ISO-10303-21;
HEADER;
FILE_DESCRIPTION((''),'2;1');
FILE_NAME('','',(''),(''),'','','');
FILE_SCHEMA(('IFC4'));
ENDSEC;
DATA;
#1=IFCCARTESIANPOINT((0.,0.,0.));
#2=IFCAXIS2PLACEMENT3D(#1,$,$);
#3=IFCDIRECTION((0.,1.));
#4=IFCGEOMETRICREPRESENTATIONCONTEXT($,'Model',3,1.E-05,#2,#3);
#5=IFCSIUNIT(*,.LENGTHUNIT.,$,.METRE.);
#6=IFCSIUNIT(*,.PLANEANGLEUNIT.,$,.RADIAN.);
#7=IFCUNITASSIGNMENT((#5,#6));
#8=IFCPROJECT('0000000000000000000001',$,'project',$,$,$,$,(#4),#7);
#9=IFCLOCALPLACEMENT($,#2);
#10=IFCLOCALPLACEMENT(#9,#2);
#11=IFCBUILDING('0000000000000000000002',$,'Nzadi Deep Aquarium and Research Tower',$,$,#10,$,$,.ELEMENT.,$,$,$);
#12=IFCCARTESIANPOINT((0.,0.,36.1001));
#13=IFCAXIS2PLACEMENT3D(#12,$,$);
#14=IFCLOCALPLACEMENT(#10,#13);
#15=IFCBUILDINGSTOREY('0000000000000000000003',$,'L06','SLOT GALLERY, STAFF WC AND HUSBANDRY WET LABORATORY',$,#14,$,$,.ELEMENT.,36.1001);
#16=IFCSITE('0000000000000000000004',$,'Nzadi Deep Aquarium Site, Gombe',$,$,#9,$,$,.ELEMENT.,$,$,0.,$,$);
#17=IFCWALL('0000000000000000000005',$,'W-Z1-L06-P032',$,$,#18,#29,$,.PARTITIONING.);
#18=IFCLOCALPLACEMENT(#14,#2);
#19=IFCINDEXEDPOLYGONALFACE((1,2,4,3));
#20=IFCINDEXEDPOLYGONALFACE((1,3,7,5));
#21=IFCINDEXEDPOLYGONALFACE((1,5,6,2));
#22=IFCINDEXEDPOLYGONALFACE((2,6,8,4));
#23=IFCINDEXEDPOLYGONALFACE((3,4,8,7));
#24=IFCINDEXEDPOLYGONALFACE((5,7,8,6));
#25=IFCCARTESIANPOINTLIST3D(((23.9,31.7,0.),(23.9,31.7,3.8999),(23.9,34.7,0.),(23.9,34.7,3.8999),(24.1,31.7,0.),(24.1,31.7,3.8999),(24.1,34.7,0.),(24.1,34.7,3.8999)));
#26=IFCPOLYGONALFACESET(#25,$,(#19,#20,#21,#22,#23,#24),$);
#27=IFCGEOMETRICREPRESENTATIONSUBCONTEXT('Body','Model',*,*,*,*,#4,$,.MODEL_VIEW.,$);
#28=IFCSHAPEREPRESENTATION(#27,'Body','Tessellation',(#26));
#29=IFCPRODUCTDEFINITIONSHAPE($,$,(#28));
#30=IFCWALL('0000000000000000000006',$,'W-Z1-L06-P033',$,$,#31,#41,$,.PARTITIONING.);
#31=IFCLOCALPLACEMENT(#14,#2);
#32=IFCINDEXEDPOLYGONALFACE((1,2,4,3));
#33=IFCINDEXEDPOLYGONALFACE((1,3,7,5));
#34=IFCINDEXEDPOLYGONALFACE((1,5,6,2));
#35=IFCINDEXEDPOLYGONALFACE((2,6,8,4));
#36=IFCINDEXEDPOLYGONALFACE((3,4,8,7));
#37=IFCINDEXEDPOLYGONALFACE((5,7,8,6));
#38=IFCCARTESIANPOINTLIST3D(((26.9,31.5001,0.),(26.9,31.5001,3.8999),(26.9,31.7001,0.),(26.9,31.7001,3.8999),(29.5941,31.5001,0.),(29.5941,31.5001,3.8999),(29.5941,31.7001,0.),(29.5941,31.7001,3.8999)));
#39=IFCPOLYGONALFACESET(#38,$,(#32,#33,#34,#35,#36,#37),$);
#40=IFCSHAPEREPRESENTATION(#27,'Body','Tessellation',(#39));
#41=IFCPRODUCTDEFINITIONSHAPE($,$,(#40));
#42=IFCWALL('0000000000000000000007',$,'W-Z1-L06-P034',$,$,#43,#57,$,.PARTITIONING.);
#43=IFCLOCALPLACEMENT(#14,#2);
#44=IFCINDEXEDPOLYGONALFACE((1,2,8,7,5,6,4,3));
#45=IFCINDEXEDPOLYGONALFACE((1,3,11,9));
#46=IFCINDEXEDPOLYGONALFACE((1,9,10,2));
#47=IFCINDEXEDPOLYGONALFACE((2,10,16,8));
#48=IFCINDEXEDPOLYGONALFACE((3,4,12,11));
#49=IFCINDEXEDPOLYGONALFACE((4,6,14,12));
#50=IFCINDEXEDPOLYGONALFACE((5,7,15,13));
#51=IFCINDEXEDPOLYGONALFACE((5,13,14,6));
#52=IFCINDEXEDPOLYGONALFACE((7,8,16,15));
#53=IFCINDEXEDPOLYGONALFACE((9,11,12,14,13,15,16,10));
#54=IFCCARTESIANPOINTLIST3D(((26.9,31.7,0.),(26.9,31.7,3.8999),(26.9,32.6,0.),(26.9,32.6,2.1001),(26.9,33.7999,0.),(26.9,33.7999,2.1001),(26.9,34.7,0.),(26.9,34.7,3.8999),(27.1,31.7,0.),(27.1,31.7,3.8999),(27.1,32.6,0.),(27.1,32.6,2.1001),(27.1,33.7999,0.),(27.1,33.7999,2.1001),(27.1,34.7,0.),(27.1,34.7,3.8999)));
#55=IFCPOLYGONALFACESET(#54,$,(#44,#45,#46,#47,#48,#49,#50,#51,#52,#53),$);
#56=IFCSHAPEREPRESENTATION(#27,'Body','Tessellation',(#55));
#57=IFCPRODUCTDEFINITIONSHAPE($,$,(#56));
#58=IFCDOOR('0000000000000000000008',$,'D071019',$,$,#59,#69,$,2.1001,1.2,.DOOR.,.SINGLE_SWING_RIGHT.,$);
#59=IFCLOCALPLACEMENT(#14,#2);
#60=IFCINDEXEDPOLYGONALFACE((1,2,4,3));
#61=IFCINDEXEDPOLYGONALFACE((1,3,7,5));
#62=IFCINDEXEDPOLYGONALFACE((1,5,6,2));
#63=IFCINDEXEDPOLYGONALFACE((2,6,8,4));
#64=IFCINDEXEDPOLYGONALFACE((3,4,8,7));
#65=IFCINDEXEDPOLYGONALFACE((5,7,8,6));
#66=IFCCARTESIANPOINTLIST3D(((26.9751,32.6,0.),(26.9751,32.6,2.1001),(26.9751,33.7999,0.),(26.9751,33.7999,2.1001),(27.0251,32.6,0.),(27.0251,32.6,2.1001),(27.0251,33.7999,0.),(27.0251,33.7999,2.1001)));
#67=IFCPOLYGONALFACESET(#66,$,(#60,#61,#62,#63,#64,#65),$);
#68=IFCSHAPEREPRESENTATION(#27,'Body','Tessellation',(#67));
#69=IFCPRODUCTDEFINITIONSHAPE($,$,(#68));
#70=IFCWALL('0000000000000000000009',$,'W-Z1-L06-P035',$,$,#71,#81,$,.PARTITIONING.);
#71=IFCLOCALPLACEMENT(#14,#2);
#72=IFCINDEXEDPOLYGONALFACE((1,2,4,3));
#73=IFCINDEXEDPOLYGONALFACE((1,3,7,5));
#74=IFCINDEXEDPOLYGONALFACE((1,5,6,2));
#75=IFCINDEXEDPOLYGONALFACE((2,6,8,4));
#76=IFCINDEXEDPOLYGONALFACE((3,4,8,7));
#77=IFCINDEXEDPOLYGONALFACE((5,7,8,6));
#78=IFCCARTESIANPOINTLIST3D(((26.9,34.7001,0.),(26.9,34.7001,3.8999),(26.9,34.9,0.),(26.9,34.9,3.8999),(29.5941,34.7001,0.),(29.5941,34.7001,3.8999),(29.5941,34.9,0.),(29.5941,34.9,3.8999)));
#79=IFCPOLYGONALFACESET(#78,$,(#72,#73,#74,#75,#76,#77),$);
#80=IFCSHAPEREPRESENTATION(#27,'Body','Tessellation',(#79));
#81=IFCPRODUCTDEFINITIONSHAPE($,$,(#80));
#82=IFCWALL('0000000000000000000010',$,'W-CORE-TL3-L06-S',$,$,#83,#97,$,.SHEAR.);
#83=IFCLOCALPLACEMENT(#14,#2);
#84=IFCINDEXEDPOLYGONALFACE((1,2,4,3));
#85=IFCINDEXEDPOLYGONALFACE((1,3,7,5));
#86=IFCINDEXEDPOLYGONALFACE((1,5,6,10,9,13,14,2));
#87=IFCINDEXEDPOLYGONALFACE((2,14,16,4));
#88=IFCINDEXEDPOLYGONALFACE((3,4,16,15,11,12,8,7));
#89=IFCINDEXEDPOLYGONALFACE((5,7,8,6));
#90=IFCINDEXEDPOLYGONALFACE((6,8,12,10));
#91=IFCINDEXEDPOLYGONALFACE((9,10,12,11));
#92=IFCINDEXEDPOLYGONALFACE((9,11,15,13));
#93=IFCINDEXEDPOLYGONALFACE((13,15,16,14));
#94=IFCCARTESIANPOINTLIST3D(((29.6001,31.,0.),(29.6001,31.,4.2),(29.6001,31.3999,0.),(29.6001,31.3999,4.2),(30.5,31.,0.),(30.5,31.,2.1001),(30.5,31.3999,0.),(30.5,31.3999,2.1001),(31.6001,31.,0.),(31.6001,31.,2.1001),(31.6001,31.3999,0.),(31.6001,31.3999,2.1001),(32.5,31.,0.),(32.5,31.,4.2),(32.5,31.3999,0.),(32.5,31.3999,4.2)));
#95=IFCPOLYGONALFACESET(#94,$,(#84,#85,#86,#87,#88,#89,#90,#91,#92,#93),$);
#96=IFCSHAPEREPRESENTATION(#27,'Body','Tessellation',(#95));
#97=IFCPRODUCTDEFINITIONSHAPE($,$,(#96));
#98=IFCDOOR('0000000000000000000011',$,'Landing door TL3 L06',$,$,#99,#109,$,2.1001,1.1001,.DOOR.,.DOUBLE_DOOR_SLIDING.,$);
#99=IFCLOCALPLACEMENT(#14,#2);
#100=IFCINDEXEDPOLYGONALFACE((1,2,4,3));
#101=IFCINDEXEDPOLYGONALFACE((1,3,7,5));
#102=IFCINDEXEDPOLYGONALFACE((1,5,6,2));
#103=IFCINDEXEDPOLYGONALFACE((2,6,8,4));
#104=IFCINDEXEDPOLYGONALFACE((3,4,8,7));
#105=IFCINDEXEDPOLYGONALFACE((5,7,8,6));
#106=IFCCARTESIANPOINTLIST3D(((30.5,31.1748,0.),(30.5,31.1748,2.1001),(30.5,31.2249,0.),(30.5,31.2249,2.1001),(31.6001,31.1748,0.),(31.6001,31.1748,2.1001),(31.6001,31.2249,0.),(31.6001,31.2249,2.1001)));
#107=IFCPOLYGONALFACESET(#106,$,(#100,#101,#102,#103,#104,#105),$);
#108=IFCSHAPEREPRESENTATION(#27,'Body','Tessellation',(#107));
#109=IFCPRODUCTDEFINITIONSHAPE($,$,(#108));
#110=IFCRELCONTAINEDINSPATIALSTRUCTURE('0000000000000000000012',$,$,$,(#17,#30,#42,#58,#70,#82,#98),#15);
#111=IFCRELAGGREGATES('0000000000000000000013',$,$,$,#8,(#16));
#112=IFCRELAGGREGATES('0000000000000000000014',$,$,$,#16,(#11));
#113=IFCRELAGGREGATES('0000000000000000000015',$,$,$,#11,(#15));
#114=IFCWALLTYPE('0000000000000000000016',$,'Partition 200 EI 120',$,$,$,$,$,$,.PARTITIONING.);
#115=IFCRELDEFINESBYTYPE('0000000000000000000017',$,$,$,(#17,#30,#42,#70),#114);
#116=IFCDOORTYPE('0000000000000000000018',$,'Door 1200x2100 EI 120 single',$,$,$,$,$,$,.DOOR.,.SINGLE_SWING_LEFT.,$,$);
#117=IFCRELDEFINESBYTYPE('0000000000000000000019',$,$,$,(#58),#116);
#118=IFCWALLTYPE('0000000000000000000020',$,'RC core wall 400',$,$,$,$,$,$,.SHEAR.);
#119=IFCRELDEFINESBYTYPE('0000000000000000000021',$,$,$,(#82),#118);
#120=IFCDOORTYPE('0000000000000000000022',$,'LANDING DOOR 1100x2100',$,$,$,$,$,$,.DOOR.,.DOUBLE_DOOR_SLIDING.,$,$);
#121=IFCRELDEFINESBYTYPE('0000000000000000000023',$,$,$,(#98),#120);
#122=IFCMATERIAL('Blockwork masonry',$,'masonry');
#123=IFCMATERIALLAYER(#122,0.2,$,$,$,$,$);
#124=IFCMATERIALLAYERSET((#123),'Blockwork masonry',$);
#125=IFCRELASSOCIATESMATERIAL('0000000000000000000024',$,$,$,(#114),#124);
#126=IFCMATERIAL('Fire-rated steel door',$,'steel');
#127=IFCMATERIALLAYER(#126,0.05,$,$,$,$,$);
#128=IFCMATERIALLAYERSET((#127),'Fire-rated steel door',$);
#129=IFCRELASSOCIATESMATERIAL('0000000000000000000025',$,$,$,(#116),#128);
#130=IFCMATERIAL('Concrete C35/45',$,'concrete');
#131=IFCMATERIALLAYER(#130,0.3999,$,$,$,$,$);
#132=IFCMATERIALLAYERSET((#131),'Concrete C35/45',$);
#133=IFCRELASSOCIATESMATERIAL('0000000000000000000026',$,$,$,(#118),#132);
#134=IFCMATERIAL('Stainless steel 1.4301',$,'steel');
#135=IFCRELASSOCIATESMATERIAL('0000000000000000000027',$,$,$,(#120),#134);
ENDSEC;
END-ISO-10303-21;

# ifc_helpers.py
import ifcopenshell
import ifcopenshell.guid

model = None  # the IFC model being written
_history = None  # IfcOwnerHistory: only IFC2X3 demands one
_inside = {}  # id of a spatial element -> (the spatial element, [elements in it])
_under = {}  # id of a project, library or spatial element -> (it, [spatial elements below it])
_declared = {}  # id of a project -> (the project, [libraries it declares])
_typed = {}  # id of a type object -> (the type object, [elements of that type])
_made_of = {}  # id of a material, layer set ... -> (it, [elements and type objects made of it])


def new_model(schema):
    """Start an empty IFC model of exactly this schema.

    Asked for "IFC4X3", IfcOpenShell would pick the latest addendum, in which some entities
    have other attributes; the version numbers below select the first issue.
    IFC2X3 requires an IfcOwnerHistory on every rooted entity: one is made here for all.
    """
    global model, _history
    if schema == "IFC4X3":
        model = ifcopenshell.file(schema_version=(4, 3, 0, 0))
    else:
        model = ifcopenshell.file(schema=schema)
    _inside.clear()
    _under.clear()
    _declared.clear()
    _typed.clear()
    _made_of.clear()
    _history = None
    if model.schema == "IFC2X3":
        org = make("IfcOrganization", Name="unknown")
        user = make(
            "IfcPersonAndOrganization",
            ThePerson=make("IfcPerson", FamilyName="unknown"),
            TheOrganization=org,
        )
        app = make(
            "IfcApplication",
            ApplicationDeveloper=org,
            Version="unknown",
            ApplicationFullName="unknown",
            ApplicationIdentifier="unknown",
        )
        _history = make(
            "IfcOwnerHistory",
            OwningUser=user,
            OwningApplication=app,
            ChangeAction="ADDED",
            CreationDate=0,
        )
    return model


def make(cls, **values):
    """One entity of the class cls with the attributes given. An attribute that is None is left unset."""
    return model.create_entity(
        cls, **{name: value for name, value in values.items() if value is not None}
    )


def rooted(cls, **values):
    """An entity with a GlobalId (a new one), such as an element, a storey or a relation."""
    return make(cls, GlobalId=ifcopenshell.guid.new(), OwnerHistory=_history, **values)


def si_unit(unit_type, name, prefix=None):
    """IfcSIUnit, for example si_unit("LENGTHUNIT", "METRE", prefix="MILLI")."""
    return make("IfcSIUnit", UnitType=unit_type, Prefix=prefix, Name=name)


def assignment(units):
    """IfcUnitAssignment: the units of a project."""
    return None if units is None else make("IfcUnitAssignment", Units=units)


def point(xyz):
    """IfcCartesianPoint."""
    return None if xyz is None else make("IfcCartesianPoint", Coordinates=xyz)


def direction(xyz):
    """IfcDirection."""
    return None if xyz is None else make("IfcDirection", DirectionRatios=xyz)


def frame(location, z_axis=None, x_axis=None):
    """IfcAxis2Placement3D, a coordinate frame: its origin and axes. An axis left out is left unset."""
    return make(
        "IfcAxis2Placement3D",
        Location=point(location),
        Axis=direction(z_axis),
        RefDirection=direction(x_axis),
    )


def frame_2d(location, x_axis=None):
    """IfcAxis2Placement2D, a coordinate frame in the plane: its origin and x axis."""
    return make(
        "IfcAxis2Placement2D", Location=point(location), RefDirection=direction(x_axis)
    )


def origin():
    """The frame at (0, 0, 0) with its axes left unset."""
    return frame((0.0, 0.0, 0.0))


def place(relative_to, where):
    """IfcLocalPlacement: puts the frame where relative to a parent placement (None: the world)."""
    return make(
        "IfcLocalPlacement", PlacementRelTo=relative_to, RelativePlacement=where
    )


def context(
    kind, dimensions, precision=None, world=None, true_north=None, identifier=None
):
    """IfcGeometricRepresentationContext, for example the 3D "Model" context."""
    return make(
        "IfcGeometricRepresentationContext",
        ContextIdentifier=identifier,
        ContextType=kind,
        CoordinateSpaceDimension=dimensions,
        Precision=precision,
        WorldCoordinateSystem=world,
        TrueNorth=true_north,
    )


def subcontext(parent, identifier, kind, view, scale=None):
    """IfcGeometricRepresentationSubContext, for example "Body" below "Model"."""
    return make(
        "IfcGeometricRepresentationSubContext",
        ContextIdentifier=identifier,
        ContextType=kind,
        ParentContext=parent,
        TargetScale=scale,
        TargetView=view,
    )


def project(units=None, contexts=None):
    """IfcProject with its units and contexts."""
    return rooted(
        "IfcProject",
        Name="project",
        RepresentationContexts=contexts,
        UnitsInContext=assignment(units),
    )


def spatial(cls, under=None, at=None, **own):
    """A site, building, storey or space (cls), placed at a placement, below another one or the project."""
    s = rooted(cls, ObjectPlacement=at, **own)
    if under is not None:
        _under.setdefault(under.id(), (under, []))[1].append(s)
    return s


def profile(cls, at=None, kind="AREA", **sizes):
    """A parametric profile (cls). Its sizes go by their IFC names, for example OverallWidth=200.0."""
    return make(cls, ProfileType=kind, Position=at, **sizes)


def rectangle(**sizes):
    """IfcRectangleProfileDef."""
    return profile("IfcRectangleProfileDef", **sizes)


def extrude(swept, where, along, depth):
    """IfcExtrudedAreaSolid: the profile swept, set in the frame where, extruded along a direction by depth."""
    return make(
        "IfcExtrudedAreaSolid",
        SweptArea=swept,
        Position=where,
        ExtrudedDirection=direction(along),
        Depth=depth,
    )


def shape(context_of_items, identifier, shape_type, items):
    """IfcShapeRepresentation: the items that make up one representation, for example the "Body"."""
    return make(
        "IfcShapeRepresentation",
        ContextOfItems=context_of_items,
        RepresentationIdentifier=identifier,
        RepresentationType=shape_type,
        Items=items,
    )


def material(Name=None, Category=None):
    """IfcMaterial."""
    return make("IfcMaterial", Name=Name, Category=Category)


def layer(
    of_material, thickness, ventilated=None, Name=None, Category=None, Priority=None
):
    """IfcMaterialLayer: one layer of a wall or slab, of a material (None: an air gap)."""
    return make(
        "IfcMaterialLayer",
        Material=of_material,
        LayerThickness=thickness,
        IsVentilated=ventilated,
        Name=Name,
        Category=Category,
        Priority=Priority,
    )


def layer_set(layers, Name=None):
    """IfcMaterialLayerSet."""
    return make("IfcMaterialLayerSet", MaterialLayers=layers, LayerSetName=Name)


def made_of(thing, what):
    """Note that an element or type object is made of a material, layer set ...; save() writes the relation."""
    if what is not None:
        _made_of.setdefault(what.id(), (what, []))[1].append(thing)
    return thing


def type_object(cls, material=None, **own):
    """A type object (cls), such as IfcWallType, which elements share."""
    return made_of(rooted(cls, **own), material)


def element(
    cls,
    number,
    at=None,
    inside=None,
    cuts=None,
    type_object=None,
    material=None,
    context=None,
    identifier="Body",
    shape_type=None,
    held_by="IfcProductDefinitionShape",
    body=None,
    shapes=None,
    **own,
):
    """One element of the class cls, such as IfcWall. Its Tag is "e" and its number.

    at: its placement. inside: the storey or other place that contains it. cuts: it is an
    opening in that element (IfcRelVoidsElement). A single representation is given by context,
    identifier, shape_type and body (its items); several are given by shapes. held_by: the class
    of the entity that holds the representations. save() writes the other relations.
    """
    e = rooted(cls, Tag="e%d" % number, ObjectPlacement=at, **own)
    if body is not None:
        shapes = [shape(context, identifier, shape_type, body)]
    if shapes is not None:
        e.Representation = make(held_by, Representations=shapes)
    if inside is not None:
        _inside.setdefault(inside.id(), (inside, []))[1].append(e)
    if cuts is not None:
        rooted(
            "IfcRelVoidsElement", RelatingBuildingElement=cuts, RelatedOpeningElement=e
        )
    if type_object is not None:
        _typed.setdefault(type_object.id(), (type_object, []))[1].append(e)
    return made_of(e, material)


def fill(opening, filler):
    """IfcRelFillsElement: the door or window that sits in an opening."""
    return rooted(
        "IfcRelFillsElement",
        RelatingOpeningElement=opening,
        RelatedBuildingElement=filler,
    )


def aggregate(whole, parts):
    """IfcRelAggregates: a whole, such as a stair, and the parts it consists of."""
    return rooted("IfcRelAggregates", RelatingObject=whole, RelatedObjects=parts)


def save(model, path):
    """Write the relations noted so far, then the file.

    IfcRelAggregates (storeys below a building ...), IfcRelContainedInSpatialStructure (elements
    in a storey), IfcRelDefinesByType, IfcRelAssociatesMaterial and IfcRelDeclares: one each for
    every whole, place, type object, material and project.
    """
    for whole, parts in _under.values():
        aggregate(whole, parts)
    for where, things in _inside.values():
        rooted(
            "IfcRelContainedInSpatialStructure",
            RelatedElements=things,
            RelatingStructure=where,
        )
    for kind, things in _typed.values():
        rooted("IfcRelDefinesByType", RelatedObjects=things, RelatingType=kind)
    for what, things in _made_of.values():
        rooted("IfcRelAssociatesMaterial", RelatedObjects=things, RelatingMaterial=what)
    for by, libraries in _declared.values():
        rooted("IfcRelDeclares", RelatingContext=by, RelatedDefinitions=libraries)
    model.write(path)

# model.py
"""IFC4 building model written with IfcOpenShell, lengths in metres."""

from ifc_helpers import new_model, si_unit, direction, frame, frame_2d, origin, place, context, subcontext, project, spatial, rectangle, extrude, material, layer, layer_set, type_object, element, fill, save


model = new_model("IFC4")

# Units and contexts
model_context = context("Model", 3, precision=1e-05, world=origin(), true_north=direction((0.0, 1.0)))
body_context = subcontext(model_context, "Body", "Model", "MODEL_VIEW")
ifc_project = project(units=[si_unit("LENGTHUNIT", "METRE"), si_unit("PLANEANGLEUNIT", "RADIAN")], contexts=[model_context])

# Site, building, storey
site_placement = place(None, origin())
site = spatial("IfcSite", under=ifc_project, at=site_placement, Name="Nzadi Deep Aquarium Site, Gombe", CompositionType="ELEMENT", RefElevation=0.0)
building_placement = place(site_placement, origin())
building = spatial("IfcBuilding", under=site, at=building_placement, Name="Nzadi Deep Aquarium and Research Tower", CompositionType="ELEMENT")
storey_placement = place(building_placement, frame((0.0, 0.0, 36.1001)))
storey = spatial("IfcBuildingStorey", under=building, at=storey_placement, Name="L06", Description="SLOT GALLERY, STAFF WC AND HUSBANDRY WET LABORATORY", CompositionType="ELEMENT", Elevation=36.1001)

# Walls
ifc_material_1 = material(Name="Blockwork masonry", Category="masonry")
ifc_layer_1 = layer(ifc_material_1, 0.2)
ifc_layer_set_1 = layer_set([ifc_layer_1], Name="Blockwork masonry")
wall_type_1 = type_object("IfcWallType", Name="Partition 200 EI 120", PredefinedType="PARTITIONING", material=ifc_layer_set_1)
wall_1_placement = place(storey_placement, frame((24.0, 31.7, 0.0), z_axis=(0.0, 0.0, 1.0), x_axis=(0.0, 1.0, 0.0)))
element("IfcWall", 1, at=wall_1_placement, inside=storey, type_object=wall_type_1, Name="W-Z1-L06-P032", PredefinedType="PARTITIONING", context=body_context, shape_type="SweptSolid", body=[
    extrude(rectangle(XDim=3.0, YDim=0.2, at=frame_2d((1.5, 0.0))), origin(), (0.0, 0.0, 1.0), 3.8999),
])
wall_2_placement = place(storey_placement, frame((26.8999, 31.6001, 0.0), z_axis=(0.0, 0.0, 1.0), x_axis=(1.0, 0.0, 0.0)))
element("IfcWall", 2, at=wall_2_placement, inside=storey, type_object=wall_type_1, Name="W-Z1-L06-P033", PredefinedType="PARTITIONING", context=body_context, shape_type="SweptSolid", body=[
    extrude(rectangle(XDim=2.6941, YDim=0.2, at=frame_2d((1.3472, 0.0))), origin(), (0.0, 0.0, 1.0), 3.8999),
])

# Wall, opening, door
wall_3_placement = place(storey_placement, frame((27.0, 31.7, 0.0), z_axis=(0.0, 0.0, 1.0), x_axis=(0.0, 1.0, 0.0)))
wall_3 = element("IfcWall", 3, at=wall_3_placement, inside=storey, type_object=wall_type_1, Name="W-Z1-L06-P034", PredefinedType="PARTITIONING", context=body_context, shape_type="SweptSolid", body=[
    extrude(rectangle(XDim=3.0, YDim=0.2, at=frame_2d((1.5, 0.0))), origin(), (0.0, 0.0, 1.0), 3.8999),
])
opening_1_placement = place(wall_3_placement, frame((0.8999, 0.0, 0.0)))
opening_1 = element("IfcOpeningElement", 4, at=opening_1_placement, cuts=wall_3, PredefinedType="OPENING", context=body_context, shape_type="SweptSolid", body=[
    extrude(rectangle(XDim=1.2, YDim=2.1001, at=frame_2d((0.6001, 1.05))), frame((0.0, 0.1101, 0.0), z_axis=(0.0, -1.0, 0.0), x_axis=(1.0, 0.0, 0.0)), (0.0, 0.0, 1.0), 0.2202),
])
ifc_material_2 = material(Name="Fire-rated steel door", Category="steel")
ifc_layer_2 = layer(ifc_material_2, 0.05)
ifc_layer_set_2 = layer_set([ifc_layer_2], Name="Fire-rated steel door")
door_type_1 = type_object("IfcDoorType", Name="Door 1200x2100 EI 120 single", OperationType="SINGLE_SWING_LEFT", PredefinedType="DOOR", material=ifc_layer_set_2)
door_1_placement = place(opening_1_placement, origin())
door_1 = element("IfcDoor", 5, at=door_1_placement, inside=storey, type_object=door_type_1, Name="D071019", OperationType="SINGLE_SWING_RIGHT", OverallHeight=2.1001, OverallWidth=1.2, PredefinedType="DOOR", context=body_context, shape_type="SweptSolid", body=[
    extrude(rectangle(XDim=1.2, YDim=2.1001, at=frame_2d((0.6001, 1.05))), frame((0.0, 0.0249, 0.0), z_axis=(0.0, -1.0, 0.0), x_axis=(1.0, 0.0, 0.0)), (0.0, 0.0, 1.0), 0.05),
])
fill(opening_1, door_1)

# Wall
wall_4_placement = place(storey_placement, frame((26.8999, 34.8, 0.0), z_axis=(0.0, 0.0, 1.0), x_axis=(1.0, 0.0, 0.0)))
element("IfcWall", 6, at=wall_4_placement, inside=storey, type_object=wall_type_1, Name="W-Z1-L06-P035", PredefinedType="PARTITIONING", context=body_context, shape_type="SweptSolid", body=[
    extrude(rectangle(XDim=2.6941, YDim=0.2, at=frame_2d((1.3472, 0.0))), origin(), (0.0, 0.0, 1.0), 3.8999),
])

# Wall, opening, door
ifc_material_3 = material(Name="Concrete C35/45", Category="concrete")
ifc_layer_3 = layer(ifc_material_3, 0.3999)
ifc_layer_set_3 = layer_set([ifc_layer_3], Name="Concrete C35/45")
wall_type_2 = type_object("IfcWallType", Name="RC core wall 400", PredefinedType="SHEAR", material=ifc_layer_set_3)
wall_5_placement = place(storey_placement, frame((29.6001, 31.2, 0.0), z_axis=(0.0, 0.0, 1.0), x_axis=(1.0, 0.0, 0.0)))
wall_5 = element("IfcWall", 7, at=wall_5_placement, inside=storey, type_object=wall_type_2, Name="W-CORE-TL3-L06-S", PredefinedType="SHEAR", context=body_context, shape_type="SweptSolid", body=[
    extrude(rectangle(XDim=2.8999, YDim=0.3999, at=frame_2d((1.45, 0.0))), origin(), (0.0, 0.0, 1.0), 4.2),
])
opening_2_placement = place(wall_5_placement, frame((0.8999, 0.0, 0.0)))
opening_2 = element("IfcOpeningElement", 8, at=opening_2_placement, cuts=wall_5, PredefinedType="OPENING", context=body_context, shape_type="SweptSolid", body=[
    extrude(rectangle(XDim=1.1001, YDim=2.1001, at=frame_2d((0.55, 1.05))), frame((0.0, 0.21, 0.0), z_axis=(0.0, -1.0, 0.0), x_axis=(1.0, 0.0, 0.0)), (0.0, 0.0, 1.0), 0.4199),
])
ifc_material_4 = material(Name="Stainless steel 1.4301", Category="steel")
door_type_2 = type_object("IfcDoorType", Name="LANDING DOOR 1100x2100", OperationType="DOUBLE_DOOR_SLIDING", PredefinedType="DOOR", material=ifc_material_4)
door_2_placement = place(opening_2_placement, origin())
door_2 = element("IfcDoor", 9, at=door_2_placement, inside=storey, type_object=door_type_2, Name="Landing door TL3 L06", OperationType="DOUBLE_DOOR_SLIDING", OverallHeight=2.1001, OverallWidth=1.1001, PredefinedType="DOOR", context=body_context, shape_type="SweptSolid", body=[
    extrude(rectangle(XDim=1.1001, YDim=2.1001, at=frame_2d((0.55, 1.05))), frame((0.0, 0.0249, 0.0), z_axis=(0.0, -1.0, 0.0), x_axis=(1.0, 0.0, 0.0)), (0.0, 0.0, 1.0), 0.05),
])
fill(opening_2, door_2)

save(model, "model.ifc")
